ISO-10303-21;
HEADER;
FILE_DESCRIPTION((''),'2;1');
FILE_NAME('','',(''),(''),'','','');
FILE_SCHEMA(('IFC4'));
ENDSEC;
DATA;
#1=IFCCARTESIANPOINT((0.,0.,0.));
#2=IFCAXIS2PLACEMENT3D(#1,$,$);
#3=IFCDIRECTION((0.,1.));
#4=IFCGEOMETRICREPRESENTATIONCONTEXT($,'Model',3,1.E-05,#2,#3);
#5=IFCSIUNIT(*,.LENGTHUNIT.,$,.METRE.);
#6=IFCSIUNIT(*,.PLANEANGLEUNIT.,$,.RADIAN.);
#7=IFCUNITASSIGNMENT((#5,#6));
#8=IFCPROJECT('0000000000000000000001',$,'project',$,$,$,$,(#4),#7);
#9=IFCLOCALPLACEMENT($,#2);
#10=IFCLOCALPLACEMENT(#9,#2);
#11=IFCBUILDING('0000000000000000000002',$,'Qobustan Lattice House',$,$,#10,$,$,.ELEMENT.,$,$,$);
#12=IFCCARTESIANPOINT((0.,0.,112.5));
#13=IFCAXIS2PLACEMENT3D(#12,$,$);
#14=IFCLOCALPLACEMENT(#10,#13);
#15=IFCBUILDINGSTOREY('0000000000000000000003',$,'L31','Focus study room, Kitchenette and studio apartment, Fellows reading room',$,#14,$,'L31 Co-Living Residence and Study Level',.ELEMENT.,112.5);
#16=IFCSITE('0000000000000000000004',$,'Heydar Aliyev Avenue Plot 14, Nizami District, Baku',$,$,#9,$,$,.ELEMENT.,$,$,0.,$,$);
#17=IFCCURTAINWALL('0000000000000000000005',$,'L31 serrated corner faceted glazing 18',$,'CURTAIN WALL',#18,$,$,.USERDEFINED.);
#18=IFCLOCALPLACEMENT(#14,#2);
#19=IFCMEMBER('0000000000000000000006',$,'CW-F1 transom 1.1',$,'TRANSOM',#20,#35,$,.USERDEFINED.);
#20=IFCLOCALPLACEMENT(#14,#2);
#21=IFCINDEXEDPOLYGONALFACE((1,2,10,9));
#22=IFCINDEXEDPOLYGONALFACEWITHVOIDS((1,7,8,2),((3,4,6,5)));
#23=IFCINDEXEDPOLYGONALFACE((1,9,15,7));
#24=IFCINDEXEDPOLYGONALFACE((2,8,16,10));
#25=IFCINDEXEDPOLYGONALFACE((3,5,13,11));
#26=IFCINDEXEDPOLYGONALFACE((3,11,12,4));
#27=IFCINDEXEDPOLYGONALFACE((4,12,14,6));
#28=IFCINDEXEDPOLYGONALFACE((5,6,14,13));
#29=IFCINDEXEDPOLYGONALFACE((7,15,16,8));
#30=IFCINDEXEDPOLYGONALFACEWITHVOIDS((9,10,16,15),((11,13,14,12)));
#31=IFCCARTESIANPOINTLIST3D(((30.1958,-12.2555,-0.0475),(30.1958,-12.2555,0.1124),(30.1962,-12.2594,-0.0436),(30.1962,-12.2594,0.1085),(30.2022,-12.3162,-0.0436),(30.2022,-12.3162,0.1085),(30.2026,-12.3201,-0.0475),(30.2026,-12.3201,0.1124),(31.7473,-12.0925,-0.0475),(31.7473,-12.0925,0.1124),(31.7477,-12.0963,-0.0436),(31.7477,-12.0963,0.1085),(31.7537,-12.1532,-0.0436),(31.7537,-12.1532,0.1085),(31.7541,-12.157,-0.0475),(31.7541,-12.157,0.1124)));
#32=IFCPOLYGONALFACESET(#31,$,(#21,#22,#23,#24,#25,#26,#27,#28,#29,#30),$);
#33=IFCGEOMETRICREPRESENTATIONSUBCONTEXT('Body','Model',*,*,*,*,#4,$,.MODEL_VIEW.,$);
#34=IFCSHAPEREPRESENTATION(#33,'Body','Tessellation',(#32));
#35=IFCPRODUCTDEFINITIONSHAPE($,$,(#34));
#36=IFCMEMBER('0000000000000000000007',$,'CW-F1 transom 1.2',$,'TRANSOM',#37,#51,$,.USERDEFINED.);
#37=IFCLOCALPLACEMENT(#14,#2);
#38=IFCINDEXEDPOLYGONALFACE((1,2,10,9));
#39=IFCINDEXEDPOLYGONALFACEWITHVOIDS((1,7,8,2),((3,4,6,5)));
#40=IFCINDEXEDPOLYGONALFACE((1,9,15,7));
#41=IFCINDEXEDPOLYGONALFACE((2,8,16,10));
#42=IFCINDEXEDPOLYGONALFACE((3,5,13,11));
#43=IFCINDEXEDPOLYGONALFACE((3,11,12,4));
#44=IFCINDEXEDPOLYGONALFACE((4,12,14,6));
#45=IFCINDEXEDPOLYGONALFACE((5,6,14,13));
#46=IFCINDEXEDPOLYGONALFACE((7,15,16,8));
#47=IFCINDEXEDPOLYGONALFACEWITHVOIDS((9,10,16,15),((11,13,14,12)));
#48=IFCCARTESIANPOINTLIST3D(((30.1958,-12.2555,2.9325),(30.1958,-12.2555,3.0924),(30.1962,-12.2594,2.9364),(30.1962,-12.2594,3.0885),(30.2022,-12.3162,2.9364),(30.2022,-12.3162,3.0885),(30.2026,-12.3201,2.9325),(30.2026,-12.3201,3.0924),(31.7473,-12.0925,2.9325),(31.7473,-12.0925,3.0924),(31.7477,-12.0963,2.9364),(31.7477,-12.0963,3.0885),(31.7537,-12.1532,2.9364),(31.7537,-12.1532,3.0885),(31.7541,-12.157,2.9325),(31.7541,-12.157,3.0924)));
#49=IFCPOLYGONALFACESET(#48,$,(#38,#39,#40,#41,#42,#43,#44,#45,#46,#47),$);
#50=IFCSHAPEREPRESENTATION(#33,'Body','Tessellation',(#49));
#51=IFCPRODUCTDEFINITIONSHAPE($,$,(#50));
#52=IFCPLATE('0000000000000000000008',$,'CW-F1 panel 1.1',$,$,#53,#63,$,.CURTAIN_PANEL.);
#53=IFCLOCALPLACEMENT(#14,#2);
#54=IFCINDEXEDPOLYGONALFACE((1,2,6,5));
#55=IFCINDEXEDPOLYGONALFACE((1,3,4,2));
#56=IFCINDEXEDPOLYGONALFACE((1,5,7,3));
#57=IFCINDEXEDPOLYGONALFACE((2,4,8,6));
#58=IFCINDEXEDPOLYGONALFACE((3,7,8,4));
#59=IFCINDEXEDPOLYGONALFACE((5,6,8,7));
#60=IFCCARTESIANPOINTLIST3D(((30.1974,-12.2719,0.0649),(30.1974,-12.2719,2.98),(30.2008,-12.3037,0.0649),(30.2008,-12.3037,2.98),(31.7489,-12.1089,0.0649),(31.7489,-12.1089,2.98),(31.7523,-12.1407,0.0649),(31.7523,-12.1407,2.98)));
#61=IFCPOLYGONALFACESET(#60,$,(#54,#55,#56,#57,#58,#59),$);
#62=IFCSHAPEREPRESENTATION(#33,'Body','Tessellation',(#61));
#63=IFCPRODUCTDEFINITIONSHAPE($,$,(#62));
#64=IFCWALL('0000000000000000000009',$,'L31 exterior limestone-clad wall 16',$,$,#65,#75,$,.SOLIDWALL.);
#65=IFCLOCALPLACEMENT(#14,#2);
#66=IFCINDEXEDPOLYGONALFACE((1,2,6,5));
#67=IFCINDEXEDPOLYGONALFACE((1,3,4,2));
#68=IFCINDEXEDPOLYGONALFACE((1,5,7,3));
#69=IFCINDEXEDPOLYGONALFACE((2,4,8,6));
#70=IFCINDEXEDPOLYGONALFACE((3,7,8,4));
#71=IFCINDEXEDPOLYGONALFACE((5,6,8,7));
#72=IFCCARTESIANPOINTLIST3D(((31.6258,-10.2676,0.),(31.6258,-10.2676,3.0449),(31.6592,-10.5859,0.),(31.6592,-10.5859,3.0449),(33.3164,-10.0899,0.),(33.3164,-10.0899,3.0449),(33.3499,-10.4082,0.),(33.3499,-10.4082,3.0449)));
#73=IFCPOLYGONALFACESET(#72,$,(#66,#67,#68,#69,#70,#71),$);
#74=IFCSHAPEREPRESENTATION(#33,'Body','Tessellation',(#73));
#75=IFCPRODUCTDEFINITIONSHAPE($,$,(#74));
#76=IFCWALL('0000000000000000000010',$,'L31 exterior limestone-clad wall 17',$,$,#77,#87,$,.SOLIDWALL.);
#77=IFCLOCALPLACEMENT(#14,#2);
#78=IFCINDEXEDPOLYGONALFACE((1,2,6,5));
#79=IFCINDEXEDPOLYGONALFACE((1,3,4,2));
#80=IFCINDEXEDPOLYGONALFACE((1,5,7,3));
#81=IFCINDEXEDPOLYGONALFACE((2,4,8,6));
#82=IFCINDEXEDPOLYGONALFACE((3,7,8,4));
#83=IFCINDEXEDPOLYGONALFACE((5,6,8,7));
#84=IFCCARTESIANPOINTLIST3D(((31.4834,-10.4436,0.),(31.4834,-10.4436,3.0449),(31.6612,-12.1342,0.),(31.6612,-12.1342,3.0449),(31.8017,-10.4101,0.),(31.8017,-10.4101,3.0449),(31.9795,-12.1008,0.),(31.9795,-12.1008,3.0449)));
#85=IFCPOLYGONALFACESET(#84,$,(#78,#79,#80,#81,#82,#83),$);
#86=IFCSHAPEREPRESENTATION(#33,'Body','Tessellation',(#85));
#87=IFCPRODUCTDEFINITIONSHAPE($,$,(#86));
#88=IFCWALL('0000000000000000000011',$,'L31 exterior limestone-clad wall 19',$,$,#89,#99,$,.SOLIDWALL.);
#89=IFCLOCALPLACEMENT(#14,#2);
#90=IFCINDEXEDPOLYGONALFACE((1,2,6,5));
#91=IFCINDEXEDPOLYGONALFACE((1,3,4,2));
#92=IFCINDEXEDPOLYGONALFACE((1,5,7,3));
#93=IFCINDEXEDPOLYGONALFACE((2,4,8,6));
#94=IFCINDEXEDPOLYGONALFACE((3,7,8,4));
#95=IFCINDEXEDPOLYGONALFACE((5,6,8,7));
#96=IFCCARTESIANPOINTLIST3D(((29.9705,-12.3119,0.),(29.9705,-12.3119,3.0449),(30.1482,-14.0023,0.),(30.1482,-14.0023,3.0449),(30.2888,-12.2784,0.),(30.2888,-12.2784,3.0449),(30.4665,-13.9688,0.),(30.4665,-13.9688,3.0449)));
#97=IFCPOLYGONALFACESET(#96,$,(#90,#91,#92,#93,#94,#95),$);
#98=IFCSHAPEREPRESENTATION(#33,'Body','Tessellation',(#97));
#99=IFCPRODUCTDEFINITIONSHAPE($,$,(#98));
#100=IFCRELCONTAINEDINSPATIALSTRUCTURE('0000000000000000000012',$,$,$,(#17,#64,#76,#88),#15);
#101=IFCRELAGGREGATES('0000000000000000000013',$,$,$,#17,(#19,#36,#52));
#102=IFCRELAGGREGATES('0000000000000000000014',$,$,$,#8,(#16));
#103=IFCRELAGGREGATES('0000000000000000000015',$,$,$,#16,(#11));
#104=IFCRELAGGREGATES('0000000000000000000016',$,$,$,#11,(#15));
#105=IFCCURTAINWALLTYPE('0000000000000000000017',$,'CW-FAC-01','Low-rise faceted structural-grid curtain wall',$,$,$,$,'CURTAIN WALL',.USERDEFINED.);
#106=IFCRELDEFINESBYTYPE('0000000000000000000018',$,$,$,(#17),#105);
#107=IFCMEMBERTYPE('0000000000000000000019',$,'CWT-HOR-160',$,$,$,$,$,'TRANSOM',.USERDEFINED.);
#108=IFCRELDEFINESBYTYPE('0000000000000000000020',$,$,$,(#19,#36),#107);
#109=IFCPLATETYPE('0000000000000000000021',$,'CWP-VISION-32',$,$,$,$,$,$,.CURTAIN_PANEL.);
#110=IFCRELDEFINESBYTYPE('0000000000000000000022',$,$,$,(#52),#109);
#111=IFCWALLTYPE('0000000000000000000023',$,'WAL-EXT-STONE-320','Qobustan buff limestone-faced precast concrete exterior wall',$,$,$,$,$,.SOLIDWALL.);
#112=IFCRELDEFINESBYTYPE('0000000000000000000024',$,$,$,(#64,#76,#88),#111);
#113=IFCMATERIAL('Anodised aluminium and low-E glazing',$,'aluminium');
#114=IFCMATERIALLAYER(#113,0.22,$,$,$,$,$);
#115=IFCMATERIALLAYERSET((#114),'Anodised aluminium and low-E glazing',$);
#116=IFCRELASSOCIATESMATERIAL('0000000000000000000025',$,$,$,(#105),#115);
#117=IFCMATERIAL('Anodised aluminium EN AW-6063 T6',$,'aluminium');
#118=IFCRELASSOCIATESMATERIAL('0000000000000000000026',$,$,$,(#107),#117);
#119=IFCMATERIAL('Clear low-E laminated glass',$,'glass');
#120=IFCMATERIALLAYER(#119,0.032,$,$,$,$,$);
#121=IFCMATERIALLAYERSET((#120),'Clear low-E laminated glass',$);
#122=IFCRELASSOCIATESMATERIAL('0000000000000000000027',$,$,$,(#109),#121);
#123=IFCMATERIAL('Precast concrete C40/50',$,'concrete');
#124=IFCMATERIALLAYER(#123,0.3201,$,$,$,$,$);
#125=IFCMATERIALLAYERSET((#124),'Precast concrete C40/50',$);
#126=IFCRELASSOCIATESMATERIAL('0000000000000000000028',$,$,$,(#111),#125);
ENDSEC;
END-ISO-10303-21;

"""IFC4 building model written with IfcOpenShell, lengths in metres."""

from ifc_helpers import new_model, si_unit, direction, frame, frame_2d, origin, origin_2d, place, context, subcontext, project, spatial, rectangle, hollow_rectangle, extrude, material, layer, layer_set, material_profile, profile_set, type_object, element, aggregate, save


model = new_model("IFC4")

# Units and contexts
model_context = context("Model", 3, precision=1e-05, world=origin(), true_north=direction((0.0, 1.0)))
body_context = subcontext(model_context, "Body", "Model", "MODEL_VIEW")
ifc_project = project(units=[si_unit("LENGTHUNIT", "METRE"), si_unit("PLANEANGLEUNIT", "RADIAN")], contexts=[model_context])

# Site, building, storey
site_placement = place(None, origin())
site = spatial("IfcSite", under=ifc_project, at=site_placement, Name="Heydar Aliyev Avenue Plot 14, Nizami District, Baku", CompositionType="ELEMENT", RefElevation=0.0)
building_placement = place(site_placement, origin())
building = spatial("IfcBuilding", under=site, at=building_placement, Name="Qobustan Lattice House", CompositionType="ELEMENT")
storey_placement = place(building_placement, frame((0.0, 0.0, 112.5)))
storey = spatial("IfcBuildingStorey", under=building, at=storey_placement, Name="L31", Description="Focus study room, Kitchenette and studio apartment, Fellows reading room", LongName="L31 Co-Living Residence and Study Level", CompositionType="ELEMENT", Elevation=112.5)

# Curtain wall, members, plate
ifc_material_1 = material(Name="Anodised aluminium and low-E glazing", Category="aluminium")
ifc_layer_1 = layer(ifc_material_1, 0.22)
ifc_layer_set_1 = layer_set([ifc_layer_1], Name="Anodised aluminium and low-E glazing")
curtain_wall_type = type_object("IfcCurtainWallType", Name="CW-FAC-01", Description="Low-rise faceted structural-grid curtain wall", ElementType="CURTAIN WALL", PredefinedType="USERDEFINED", material=ifc_layer_set_1)
curtain_wall_placement = place(storey_placement, origin())
curtain_wall = element("IfcCurtainWall", 1, at=curtain_wall_placement, inside=storey, type_object=curtain_wall_type, Name="L31 serrated corner faceted glazing 18", ObjectType="CURTAIN WALL", PredefinedType="USERDEFINED")
ifc_material_2 = material(Name="Anodised aluminium EN AW-6063 T6", Category="aluminium")
ifc_material_profile_1 = material_profile(ifc_material_2, hollow_rectangle(XDim=0.0649, YDim=0.1599, WallThickness=0.0039, at=origin_2d()), Name="CWT-160x65")
ifc_profile_set_1 = profile_set([ifc_material_profile_1], Name="Anodised aluminium EN AW-6063 T6")
member_type_1 = type_object("IfcMemberType", Name="CWT-HOR-160", ElementType="TRANSOM", PredefinedType="USERDEFINED", material=ifc_profile_set_1)
member_1_placement = place(storey_placement, frame((31.7507, -12.1248, 0.0325), z_axis=(-0.994521, -0.104538, 0.0), x_axis=(0.104538, -0.994521, 0.0)))
member_1 = element("IfcMember", 2, at=member_1_placement, type_object=member_type_1, Name="CW-F1 transom 1.1", ObjectType="TRANSOM", PredefinedType="USERDEFINED", context=body_context, shape_type="SweptSolid", body=[
    extrude(hollow_rectangle(XDim=0.0649, YDim=0.1599, WallThickness=0.0039, at=origin_2d()), origin(), (0.0, 0.0, 1.0), 1.5601),
])
member_2_placement = place(storey_placement, frame((31.7507, -12.1248, 3.0125), z_axis=(-0.994521, -0.104538, 0.0), x_axis=(0.104538, -0.994521, 0.0)))
member_2 = element("IfcMember", 3, at=member_2_placement, type_object=member_type_1, Name="CW-F1 transom 1.2", ObjectType="TRANSOM", PredefinedType="USERDEFINED", context=body_context, shape_type="SweptSolid", body=[
    extrude(hollow_rectangle(XDim=0.0649, YDim=0.1599, WallThickness=0.0039, at=origin_2d()), origin(), (0.0, 0.0, 1.0), 1.5601),
])
ifc_material_3 = material(Name="Clear low-E laminated glass", Category="glass")
ifc_layer_2 = layer(ifc_material_3, 0.032)
ifc_layer_set_2 = layer_set([ifc_layer_2], Name="Clear low-E laminated glass")
plate_type = type_object("IfcPlateType", Name="CWP-VISION-32", PredefinedType="CURTAIN_PANEL", material=ifc_layer_set_2)
plate_placement = place(storey_placement, frame((30.9749, -12.2063, 0.0649), z_axis=(0.0, 0.0, 1.0), x_axis=(-0.994522, -0.104529, 0.0)))
plate = element("IfcPlate", 4, at=plate_placement, type_object=plate_type, Name="CW-F1 panel 1.1", PredefinedType="CURTAIN_PANEL", context=body_context, shape_type="SweptSolid", body=[
    extrude(rectangle(XDim=1.5601, YDim=0.032, at=origin_2d()), origin(), (0.0, 0.0, 1.0), 2.915),
])
aggregate(curtain_wall, [member_1, member_2, plate])

# Walls
ifc_material_4 = material(Name="Precast concrete C40/50", Category="concrete")
ifc_layer_3 = layer(ifc_material_4, 0.3201)
ifc_layer_set_3 = layer_set([ifc_layer_3], Name="Precast concrete C40/50")
wall_type = type_object("IfcWallType", Name="WAL-EXT-STONE-320", Description="Qobustan buff limestone-faced precast concrete exterior wall", PredefinedType="SOLIDWALL", material=ifc_layer_set_3)
for number, where, z_axis, x_axis, name in (
    (5, (33.3333, -10.249, 0.0), (0.0, 0.0, 1.0), (-0.99452, -0.10455, 0.0), "L31 exterior limestone-clad wall 16"),
    (6, (31.6426, -10.4268, 0.0), (0.0, 0.0, 1.0), (0.10455, -0.99452, 0.0), "L31 exterior limestone-clad wall 17"),
):
    element("IfcWall", number, at=place(storey_placement, frame(where, z_axis=z_axis, x_axis=x_axis)), inside=storey, type_object=wall_type, Name=name, PredefinedType="SOLIDWALL", context=body_context, shape_type="SweptSolid", body=[
        extrude(rectangle(XDim=1.7, YDim=0.3201, at=frame_2d((0.8501, 0.0))), origin(), (0.0, 0.0, 1.0), 3.0449),
    ])
wall_1_placement = place(storey_placement, frame((30.1296, -12.2952, 0.0), z_axis=(0.0, 0.0, 1.0), x_axis=(0.104565, -0.994518, 0.0)))
element("IfcWall", 7, at=wall_1_placement, inside=storey, type_object=wall_type, Name="L31 exterior limestone-clad wall 19", PredefinedType="SOLIDWALL", context=body_context, shape_type="SweptSolid", body=[
    extrude(rectangle(XDim=1.6997, YDim=0.3201, at=frame_2d((0.8499, 0.0))), origin(), (0.0, 0.0, 1.0), 3.0449),
])

save(model, "model.ifc")
